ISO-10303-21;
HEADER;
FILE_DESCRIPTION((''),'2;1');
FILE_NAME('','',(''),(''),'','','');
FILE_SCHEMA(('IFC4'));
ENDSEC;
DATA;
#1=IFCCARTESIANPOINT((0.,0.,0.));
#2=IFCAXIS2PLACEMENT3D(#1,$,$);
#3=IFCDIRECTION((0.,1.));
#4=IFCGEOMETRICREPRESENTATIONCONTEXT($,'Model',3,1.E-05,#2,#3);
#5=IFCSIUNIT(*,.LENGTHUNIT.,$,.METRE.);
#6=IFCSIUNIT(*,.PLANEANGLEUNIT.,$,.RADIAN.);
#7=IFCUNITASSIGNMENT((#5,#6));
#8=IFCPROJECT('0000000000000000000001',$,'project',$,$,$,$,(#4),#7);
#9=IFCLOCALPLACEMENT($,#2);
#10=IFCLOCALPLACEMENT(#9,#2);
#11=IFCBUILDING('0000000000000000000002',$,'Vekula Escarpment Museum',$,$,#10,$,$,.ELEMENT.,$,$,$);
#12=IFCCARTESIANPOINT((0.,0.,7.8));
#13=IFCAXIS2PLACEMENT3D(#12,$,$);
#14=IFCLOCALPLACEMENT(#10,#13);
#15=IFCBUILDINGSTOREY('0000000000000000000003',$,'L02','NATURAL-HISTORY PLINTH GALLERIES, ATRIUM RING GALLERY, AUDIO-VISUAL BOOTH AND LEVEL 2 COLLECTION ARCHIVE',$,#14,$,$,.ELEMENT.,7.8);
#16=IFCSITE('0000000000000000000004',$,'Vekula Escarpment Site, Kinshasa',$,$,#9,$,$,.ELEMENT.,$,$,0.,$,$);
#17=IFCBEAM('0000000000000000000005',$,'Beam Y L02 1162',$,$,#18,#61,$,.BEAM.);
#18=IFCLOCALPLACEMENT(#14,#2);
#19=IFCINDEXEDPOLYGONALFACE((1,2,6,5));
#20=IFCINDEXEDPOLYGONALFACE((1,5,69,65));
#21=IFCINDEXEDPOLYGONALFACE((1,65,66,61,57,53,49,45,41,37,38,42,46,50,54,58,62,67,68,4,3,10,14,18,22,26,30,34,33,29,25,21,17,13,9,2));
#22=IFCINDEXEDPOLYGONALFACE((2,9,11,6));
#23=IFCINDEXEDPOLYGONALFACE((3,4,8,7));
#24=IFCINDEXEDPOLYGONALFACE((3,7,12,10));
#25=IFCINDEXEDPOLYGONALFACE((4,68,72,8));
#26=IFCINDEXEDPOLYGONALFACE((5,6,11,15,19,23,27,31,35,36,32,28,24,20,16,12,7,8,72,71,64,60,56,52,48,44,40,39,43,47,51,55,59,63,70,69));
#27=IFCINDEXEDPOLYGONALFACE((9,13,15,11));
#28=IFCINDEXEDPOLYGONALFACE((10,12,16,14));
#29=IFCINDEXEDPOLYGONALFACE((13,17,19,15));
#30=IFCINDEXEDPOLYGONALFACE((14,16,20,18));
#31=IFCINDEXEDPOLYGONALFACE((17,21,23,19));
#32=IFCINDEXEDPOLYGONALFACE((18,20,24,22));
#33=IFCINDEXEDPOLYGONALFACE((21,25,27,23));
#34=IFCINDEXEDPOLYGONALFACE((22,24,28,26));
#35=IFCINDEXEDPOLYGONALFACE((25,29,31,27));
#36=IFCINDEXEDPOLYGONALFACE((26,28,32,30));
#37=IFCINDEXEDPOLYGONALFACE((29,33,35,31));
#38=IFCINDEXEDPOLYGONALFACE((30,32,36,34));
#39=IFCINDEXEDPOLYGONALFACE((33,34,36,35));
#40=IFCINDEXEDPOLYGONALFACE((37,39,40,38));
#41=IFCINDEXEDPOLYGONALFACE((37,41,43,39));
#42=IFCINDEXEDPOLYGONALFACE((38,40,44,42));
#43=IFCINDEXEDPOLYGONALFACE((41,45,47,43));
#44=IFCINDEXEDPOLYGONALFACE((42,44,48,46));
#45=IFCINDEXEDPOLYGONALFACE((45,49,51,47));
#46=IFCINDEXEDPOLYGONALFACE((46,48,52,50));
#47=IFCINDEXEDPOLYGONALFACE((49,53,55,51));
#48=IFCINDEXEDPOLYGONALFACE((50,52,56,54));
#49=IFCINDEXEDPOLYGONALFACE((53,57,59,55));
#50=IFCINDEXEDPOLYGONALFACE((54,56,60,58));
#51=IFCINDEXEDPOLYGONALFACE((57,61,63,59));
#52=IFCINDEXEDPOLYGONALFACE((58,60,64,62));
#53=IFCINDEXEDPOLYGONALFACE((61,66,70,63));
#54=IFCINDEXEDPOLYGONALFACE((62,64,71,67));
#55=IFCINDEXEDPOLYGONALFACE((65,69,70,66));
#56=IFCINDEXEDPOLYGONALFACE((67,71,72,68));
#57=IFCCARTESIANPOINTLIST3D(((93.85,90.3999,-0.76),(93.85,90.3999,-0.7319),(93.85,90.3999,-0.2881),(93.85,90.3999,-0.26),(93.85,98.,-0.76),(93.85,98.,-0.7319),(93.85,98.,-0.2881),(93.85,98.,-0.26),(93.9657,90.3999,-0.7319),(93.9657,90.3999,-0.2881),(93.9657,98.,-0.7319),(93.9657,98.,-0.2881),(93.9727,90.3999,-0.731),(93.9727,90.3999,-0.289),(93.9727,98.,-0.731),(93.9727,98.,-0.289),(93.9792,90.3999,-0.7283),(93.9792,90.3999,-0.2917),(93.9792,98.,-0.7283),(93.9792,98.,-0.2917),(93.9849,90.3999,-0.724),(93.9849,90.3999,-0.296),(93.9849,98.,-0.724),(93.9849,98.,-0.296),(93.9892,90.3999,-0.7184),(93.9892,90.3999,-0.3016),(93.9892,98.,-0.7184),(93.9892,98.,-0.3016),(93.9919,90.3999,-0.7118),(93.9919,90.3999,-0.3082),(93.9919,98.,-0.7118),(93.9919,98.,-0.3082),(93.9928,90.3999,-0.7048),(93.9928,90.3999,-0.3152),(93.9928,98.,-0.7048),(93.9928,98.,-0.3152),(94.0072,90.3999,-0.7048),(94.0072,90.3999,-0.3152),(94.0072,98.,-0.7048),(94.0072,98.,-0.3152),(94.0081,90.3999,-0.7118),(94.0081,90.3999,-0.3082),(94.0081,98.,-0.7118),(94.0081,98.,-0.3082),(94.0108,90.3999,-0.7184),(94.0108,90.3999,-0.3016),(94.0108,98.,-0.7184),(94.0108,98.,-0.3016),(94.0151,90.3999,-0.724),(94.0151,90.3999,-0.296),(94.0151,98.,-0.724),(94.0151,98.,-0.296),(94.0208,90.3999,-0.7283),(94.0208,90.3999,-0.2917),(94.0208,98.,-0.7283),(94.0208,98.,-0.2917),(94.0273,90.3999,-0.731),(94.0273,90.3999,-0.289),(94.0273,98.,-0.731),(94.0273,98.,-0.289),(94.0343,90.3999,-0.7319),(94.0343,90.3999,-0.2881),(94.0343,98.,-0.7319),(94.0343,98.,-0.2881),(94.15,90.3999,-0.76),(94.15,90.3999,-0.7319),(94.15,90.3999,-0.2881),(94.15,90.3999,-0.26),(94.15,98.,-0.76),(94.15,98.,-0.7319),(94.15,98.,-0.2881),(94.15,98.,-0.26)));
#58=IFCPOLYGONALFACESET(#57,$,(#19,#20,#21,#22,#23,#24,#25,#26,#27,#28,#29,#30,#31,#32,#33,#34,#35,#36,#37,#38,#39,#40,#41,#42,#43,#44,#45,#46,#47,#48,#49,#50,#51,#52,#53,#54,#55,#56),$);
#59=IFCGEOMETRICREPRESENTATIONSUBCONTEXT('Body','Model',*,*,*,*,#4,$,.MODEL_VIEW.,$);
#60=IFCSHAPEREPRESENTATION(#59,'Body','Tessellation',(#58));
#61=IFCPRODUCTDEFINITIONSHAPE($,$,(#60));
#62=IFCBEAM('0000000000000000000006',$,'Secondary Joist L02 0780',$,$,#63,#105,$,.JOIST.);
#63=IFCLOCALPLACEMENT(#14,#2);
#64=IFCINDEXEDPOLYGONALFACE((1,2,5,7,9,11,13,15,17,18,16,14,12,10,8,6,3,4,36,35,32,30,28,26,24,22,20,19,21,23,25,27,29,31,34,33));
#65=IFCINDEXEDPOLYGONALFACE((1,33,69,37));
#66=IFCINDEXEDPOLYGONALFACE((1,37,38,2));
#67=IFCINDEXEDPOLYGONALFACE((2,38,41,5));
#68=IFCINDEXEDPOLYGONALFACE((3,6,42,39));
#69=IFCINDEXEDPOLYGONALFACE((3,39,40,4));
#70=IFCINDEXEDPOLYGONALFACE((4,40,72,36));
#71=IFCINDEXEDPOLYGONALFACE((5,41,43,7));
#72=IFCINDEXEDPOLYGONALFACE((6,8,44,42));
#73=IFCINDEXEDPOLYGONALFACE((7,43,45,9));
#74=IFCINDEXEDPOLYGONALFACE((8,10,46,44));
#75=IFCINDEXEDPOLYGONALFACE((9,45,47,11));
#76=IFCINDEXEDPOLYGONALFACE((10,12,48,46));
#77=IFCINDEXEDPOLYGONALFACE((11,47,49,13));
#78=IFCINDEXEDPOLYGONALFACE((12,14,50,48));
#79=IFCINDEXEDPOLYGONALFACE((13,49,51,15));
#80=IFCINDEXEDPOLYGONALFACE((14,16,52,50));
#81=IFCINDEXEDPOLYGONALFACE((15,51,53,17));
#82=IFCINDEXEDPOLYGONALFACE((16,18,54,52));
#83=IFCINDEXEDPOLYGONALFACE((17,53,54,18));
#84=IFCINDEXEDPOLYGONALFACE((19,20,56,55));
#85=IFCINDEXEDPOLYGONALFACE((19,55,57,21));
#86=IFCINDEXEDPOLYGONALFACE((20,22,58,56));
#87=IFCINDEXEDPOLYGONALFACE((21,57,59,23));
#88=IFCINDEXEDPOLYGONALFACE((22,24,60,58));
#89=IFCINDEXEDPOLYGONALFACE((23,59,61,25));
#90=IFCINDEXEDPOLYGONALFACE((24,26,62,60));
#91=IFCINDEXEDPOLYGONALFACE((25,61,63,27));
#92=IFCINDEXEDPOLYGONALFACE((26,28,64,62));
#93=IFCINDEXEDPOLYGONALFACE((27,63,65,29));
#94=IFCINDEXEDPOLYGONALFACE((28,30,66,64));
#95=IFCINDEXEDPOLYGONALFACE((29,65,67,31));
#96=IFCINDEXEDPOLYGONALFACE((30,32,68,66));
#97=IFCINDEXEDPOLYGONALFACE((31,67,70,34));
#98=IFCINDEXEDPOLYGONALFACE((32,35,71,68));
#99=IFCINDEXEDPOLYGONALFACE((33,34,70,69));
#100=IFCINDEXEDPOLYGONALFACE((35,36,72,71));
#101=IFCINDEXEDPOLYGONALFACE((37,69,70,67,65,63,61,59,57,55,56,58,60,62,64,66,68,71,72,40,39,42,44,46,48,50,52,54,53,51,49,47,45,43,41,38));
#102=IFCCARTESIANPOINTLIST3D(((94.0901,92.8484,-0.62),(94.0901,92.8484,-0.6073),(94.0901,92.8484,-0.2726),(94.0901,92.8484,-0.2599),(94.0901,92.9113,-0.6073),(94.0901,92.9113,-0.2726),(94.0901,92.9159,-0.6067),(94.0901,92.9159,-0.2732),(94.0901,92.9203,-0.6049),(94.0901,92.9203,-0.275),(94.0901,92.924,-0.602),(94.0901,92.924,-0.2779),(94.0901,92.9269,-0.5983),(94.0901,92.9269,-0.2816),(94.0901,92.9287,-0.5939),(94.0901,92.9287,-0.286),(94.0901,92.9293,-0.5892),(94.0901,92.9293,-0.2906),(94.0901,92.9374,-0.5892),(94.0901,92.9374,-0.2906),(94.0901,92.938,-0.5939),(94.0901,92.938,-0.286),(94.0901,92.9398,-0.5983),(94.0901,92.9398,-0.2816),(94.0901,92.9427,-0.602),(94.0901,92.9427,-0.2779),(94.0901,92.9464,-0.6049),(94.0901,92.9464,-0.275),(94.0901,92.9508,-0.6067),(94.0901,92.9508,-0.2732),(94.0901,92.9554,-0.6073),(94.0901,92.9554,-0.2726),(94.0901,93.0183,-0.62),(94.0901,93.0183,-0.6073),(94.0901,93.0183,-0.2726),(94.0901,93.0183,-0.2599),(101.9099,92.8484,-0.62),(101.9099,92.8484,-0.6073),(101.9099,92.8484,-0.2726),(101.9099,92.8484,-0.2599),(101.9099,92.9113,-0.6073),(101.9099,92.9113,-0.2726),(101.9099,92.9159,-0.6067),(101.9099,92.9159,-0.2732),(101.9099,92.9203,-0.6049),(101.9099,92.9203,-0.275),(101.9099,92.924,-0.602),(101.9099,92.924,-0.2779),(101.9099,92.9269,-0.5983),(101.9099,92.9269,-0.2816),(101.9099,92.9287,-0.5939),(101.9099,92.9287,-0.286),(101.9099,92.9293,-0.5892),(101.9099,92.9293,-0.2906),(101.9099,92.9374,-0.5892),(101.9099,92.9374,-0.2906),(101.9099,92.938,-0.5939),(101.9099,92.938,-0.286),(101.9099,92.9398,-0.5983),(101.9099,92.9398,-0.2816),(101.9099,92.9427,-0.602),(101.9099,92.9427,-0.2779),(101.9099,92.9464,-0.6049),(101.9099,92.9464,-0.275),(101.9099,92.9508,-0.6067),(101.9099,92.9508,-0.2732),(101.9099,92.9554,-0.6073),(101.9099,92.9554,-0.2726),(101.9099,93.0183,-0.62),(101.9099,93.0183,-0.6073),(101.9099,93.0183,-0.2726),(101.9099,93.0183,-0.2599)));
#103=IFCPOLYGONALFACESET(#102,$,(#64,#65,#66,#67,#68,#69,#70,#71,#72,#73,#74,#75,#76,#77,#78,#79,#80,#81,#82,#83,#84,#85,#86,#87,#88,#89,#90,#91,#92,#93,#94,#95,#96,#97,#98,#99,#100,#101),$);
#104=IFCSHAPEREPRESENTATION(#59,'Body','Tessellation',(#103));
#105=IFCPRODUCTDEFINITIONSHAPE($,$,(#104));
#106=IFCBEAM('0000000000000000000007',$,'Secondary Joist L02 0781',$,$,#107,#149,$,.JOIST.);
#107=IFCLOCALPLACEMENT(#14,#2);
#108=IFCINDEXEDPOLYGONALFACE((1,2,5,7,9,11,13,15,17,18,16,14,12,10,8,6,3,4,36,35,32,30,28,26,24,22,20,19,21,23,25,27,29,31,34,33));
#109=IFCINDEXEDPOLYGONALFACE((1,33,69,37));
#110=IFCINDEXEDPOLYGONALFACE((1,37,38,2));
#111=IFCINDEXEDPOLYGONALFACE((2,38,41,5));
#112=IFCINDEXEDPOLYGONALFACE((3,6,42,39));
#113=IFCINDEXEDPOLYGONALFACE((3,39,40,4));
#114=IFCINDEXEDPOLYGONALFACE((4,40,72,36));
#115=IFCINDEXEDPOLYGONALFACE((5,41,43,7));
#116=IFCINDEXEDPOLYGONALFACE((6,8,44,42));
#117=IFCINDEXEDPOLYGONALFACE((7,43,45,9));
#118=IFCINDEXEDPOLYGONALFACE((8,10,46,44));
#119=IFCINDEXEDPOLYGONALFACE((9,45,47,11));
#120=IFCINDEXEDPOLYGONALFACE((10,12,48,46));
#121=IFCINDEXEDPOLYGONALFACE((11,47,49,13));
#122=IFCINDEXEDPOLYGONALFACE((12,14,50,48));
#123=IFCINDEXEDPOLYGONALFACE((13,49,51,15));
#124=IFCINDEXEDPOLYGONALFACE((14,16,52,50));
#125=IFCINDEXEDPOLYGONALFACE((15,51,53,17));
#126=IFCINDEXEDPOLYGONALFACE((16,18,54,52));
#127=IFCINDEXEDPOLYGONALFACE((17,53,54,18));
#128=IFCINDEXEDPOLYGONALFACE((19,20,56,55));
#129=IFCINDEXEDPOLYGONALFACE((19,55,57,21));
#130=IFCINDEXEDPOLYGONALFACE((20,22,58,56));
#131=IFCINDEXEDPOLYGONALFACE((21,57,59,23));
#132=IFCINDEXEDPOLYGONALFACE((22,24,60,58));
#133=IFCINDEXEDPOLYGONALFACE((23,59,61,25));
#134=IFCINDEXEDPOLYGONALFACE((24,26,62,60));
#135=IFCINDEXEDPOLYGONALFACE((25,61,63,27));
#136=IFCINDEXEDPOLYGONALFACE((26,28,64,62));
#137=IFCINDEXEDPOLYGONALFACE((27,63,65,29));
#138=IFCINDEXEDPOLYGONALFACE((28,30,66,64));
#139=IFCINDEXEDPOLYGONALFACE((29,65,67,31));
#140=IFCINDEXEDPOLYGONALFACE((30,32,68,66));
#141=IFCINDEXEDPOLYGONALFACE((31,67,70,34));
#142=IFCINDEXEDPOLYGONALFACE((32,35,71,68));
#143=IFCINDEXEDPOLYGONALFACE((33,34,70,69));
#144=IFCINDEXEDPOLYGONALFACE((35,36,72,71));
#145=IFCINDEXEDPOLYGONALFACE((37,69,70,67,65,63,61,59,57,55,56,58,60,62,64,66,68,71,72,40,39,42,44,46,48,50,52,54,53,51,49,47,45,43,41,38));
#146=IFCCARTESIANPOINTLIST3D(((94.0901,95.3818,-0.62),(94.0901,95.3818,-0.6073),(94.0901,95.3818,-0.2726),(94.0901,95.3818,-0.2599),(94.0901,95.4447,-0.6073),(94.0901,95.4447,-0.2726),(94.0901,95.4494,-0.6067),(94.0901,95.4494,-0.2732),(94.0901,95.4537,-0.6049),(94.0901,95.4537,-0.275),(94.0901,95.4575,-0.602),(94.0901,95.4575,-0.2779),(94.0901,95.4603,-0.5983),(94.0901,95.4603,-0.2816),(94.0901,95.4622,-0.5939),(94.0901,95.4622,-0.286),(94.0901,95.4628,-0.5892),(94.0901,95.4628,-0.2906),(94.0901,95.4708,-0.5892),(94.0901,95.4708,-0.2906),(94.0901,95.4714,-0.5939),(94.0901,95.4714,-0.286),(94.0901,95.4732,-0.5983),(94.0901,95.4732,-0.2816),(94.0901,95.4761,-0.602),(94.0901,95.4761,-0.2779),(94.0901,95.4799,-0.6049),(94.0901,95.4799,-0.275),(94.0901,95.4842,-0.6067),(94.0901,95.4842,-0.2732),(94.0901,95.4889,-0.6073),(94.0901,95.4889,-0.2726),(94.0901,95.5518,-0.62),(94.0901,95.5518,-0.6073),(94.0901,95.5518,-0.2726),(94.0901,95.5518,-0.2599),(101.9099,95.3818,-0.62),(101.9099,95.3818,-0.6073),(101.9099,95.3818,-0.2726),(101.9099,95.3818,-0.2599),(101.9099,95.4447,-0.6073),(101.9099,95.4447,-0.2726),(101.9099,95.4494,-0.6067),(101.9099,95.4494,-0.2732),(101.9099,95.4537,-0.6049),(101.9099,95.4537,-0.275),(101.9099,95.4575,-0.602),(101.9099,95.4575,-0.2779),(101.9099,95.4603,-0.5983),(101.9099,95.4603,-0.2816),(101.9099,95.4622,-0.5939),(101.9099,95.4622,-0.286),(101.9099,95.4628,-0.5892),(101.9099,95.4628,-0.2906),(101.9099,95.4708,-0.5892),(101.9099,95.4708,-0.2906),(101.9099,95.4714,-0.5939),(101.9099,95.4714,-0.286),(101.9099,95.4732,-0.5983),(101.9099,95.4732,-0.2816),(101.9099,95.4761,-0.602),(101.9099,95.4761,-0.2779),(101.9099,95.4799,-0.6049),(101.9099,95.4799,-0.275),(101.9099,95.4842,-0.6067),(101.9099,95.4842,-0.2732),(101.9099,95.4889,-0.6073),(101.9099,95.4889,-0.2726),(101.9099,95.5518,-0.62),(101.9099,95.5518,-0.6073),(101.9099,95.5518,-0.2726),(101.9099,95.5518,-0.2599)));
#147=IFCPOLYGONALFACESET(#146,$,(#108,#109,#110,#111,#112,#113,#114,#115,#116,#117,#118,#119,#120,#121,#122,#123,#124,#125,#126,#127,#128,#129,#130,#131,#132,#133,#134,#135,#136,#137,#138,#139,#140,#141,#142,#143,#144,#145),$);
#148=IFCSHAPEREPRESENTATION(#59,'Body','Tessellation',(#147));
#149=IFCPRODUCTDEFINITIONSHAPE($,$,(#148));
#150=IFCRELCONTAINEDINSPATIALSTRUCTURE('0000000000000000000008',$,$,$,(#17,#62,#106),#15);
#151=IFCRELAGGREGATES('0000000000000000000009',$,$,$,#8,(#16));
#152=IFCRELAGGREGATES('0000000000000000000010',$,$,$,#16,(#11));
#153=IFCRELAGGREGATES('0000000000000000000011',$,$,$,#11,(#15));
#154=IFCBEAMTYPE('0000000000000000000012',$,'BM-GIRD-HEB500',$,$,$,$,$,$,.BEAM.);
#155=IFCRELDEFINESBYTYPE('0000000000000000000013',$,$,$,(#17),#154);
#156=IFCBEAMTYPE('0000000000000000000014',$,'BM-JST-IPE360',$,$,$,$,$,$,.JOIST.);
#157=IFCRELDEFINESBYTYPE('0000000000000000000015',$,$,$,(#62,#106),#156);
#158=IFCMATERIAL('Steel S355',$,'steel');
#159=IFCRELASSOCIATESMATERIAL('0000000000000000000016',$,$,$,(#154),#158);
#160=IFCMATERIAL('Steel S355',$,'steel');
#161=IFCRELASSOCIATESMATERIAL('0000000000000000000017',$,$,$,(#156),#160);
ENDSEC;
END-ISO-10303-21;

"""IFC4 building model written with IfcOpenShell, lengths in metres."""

from ifc_helpers import new_model, si_unit, direction, frame, origin, origin_2d, place, context, subcontext, project, spatial, i_section, extrude, material, material_profile, profile_set, type_object, element, save


model = new_model("IFC4")

# Units and contexts
model_context = context("Model", 3, precision=1e-05, world=origin(), true_north=direction((0.0, 1.0)))
body_context = subcontext(model_context, "Body", "Model", "MODEL_VIEW")
ifc_project = project(units=[si_unit("LENGTHUNIT", "METRE"), si_unit("PLANEANGLEUNIT", "RADIAN")], contexts=[model_context])

# Site, building, storey
site_placement = place(None, origin())
site = spatial("IfcSite", under=ifc_project, at=site_placement, Name="Vekula Escarpment Site, Kinshasa", CompositionType="ELEMENT", RefElevation=0.0)
building_placement = place(site_placement, origin())
building = spatial("IfcBuilding", under=site, at=building_placement, Name="Vekula Escarpment Museum", CompositionType="ELEMENT")
storey_placement = place(building_placement, frame((0.0, 0.0, 7.8)))
storey = spatial("IfcBuildingStorey", under=building, at=storey_placement, Name="L02", Description="NATURAL-HISTORY PLINTH GALLERIES, ATRIUM RING GALLERY, AUDIO-VISUAL BOOTH AND LEVEL 2 COLLECTION ARCHIVE", CompositionType="ELEMENT", Elevation=7.8)

# Beams
ifc_material_1 = material(Name="Steel S355", Category="steel")
ifc_material_profile_1 = material_profile(ifc_material_1, i_section(OverallWidth=0.3, OverallDepth=0.5, WebThickness=0.0144, FlangeThickness=0.0281, FilletRadius=0.0271, at=origin_2d()), Name="HEB 500")
ifc_profile_set_1 = profile_set([ifc_material_profile_1], Name="Steel S355")
beam_type_1 = type_object("IfcBeamType", Name="BM-GIRD-HEB500", PredefinedType="BEAM", material=ifc_profile_set_1)
beam_placement = place(storey_placement, frame((94.0, 90.3999, -0.51), z_axis=(0.0, 1.0, 0.0), x_axis=(-1.0, 0.0, 0.0)))
element("IfcBeam", 1, at=beam_placement, inside=storey, type_object=beam_type_1, Name="Beam Y L02 1162", PredefinedType="BEAM", context=body_context, shape_type="SweptSolid", body=[
    extrude(i_section(OverallWidth=0.3, OverallDepth=0.5, WebThickness=0.0144, FlangeThickness=0.0281, FilletRadius=0.0271, at=origin_2d()), origin(), (0.0, 0.0, 1.0), 7.6001),
])
ifc_material_2 = material(Name="Steel S355", Category="steel")
ifc_material_profile_2 = material_profile(ifc_material_2, i_section(OverallWidth=0.1699, OverallDepth=0.3601, WebThickness=0.0081, FlangeThickness=0.0127, FilletRadius=0.0181, at=origin_2d()), Name="IPE 360")
ifc_profile_set_2 = profile_set([ifc_material_profile_2], Name="Steel S355")
beam_type_2 = type_object("IfcBeamType", Name="BM-JST-IPE360", PredefinedType="JOIST", material=ifc_profile_set_2)
for number, where, z_axis, x_axis, name in (
    (2, (94.0901, 92.9333, -0.4399), (1.0, 0.0, 0.0), (0.0, 1.0, 0.0), "Secondary Joist L02 0780"),
    (3, (94.0901, 95.4668, -0.4399), (1.0, 0.0, 0.0), (0.0, 1.0, 0.0), "Secondary Joist L02 0781"),
):
    element("IfcBeam", number, at=place(storey_placement, frame(where, z_axis=z_axis, x_axis=x_axis)), inside=storey, type_object=beam_type_2, Name=name, PredefinedType="JOIST", context=body_context, shape_type="SweptSolid", body=[
        extrude(i_section(OverallWidth=0.1699, OverallDepth=0.3601, WebThickness=0.0081, FlangeThickness=0.0127, FilletRadius=0.0181, at=origin_2d()), origin(), (0.0, 0.0, 1.0), 7.8198),
    ])

save(model, "model.ifc")
